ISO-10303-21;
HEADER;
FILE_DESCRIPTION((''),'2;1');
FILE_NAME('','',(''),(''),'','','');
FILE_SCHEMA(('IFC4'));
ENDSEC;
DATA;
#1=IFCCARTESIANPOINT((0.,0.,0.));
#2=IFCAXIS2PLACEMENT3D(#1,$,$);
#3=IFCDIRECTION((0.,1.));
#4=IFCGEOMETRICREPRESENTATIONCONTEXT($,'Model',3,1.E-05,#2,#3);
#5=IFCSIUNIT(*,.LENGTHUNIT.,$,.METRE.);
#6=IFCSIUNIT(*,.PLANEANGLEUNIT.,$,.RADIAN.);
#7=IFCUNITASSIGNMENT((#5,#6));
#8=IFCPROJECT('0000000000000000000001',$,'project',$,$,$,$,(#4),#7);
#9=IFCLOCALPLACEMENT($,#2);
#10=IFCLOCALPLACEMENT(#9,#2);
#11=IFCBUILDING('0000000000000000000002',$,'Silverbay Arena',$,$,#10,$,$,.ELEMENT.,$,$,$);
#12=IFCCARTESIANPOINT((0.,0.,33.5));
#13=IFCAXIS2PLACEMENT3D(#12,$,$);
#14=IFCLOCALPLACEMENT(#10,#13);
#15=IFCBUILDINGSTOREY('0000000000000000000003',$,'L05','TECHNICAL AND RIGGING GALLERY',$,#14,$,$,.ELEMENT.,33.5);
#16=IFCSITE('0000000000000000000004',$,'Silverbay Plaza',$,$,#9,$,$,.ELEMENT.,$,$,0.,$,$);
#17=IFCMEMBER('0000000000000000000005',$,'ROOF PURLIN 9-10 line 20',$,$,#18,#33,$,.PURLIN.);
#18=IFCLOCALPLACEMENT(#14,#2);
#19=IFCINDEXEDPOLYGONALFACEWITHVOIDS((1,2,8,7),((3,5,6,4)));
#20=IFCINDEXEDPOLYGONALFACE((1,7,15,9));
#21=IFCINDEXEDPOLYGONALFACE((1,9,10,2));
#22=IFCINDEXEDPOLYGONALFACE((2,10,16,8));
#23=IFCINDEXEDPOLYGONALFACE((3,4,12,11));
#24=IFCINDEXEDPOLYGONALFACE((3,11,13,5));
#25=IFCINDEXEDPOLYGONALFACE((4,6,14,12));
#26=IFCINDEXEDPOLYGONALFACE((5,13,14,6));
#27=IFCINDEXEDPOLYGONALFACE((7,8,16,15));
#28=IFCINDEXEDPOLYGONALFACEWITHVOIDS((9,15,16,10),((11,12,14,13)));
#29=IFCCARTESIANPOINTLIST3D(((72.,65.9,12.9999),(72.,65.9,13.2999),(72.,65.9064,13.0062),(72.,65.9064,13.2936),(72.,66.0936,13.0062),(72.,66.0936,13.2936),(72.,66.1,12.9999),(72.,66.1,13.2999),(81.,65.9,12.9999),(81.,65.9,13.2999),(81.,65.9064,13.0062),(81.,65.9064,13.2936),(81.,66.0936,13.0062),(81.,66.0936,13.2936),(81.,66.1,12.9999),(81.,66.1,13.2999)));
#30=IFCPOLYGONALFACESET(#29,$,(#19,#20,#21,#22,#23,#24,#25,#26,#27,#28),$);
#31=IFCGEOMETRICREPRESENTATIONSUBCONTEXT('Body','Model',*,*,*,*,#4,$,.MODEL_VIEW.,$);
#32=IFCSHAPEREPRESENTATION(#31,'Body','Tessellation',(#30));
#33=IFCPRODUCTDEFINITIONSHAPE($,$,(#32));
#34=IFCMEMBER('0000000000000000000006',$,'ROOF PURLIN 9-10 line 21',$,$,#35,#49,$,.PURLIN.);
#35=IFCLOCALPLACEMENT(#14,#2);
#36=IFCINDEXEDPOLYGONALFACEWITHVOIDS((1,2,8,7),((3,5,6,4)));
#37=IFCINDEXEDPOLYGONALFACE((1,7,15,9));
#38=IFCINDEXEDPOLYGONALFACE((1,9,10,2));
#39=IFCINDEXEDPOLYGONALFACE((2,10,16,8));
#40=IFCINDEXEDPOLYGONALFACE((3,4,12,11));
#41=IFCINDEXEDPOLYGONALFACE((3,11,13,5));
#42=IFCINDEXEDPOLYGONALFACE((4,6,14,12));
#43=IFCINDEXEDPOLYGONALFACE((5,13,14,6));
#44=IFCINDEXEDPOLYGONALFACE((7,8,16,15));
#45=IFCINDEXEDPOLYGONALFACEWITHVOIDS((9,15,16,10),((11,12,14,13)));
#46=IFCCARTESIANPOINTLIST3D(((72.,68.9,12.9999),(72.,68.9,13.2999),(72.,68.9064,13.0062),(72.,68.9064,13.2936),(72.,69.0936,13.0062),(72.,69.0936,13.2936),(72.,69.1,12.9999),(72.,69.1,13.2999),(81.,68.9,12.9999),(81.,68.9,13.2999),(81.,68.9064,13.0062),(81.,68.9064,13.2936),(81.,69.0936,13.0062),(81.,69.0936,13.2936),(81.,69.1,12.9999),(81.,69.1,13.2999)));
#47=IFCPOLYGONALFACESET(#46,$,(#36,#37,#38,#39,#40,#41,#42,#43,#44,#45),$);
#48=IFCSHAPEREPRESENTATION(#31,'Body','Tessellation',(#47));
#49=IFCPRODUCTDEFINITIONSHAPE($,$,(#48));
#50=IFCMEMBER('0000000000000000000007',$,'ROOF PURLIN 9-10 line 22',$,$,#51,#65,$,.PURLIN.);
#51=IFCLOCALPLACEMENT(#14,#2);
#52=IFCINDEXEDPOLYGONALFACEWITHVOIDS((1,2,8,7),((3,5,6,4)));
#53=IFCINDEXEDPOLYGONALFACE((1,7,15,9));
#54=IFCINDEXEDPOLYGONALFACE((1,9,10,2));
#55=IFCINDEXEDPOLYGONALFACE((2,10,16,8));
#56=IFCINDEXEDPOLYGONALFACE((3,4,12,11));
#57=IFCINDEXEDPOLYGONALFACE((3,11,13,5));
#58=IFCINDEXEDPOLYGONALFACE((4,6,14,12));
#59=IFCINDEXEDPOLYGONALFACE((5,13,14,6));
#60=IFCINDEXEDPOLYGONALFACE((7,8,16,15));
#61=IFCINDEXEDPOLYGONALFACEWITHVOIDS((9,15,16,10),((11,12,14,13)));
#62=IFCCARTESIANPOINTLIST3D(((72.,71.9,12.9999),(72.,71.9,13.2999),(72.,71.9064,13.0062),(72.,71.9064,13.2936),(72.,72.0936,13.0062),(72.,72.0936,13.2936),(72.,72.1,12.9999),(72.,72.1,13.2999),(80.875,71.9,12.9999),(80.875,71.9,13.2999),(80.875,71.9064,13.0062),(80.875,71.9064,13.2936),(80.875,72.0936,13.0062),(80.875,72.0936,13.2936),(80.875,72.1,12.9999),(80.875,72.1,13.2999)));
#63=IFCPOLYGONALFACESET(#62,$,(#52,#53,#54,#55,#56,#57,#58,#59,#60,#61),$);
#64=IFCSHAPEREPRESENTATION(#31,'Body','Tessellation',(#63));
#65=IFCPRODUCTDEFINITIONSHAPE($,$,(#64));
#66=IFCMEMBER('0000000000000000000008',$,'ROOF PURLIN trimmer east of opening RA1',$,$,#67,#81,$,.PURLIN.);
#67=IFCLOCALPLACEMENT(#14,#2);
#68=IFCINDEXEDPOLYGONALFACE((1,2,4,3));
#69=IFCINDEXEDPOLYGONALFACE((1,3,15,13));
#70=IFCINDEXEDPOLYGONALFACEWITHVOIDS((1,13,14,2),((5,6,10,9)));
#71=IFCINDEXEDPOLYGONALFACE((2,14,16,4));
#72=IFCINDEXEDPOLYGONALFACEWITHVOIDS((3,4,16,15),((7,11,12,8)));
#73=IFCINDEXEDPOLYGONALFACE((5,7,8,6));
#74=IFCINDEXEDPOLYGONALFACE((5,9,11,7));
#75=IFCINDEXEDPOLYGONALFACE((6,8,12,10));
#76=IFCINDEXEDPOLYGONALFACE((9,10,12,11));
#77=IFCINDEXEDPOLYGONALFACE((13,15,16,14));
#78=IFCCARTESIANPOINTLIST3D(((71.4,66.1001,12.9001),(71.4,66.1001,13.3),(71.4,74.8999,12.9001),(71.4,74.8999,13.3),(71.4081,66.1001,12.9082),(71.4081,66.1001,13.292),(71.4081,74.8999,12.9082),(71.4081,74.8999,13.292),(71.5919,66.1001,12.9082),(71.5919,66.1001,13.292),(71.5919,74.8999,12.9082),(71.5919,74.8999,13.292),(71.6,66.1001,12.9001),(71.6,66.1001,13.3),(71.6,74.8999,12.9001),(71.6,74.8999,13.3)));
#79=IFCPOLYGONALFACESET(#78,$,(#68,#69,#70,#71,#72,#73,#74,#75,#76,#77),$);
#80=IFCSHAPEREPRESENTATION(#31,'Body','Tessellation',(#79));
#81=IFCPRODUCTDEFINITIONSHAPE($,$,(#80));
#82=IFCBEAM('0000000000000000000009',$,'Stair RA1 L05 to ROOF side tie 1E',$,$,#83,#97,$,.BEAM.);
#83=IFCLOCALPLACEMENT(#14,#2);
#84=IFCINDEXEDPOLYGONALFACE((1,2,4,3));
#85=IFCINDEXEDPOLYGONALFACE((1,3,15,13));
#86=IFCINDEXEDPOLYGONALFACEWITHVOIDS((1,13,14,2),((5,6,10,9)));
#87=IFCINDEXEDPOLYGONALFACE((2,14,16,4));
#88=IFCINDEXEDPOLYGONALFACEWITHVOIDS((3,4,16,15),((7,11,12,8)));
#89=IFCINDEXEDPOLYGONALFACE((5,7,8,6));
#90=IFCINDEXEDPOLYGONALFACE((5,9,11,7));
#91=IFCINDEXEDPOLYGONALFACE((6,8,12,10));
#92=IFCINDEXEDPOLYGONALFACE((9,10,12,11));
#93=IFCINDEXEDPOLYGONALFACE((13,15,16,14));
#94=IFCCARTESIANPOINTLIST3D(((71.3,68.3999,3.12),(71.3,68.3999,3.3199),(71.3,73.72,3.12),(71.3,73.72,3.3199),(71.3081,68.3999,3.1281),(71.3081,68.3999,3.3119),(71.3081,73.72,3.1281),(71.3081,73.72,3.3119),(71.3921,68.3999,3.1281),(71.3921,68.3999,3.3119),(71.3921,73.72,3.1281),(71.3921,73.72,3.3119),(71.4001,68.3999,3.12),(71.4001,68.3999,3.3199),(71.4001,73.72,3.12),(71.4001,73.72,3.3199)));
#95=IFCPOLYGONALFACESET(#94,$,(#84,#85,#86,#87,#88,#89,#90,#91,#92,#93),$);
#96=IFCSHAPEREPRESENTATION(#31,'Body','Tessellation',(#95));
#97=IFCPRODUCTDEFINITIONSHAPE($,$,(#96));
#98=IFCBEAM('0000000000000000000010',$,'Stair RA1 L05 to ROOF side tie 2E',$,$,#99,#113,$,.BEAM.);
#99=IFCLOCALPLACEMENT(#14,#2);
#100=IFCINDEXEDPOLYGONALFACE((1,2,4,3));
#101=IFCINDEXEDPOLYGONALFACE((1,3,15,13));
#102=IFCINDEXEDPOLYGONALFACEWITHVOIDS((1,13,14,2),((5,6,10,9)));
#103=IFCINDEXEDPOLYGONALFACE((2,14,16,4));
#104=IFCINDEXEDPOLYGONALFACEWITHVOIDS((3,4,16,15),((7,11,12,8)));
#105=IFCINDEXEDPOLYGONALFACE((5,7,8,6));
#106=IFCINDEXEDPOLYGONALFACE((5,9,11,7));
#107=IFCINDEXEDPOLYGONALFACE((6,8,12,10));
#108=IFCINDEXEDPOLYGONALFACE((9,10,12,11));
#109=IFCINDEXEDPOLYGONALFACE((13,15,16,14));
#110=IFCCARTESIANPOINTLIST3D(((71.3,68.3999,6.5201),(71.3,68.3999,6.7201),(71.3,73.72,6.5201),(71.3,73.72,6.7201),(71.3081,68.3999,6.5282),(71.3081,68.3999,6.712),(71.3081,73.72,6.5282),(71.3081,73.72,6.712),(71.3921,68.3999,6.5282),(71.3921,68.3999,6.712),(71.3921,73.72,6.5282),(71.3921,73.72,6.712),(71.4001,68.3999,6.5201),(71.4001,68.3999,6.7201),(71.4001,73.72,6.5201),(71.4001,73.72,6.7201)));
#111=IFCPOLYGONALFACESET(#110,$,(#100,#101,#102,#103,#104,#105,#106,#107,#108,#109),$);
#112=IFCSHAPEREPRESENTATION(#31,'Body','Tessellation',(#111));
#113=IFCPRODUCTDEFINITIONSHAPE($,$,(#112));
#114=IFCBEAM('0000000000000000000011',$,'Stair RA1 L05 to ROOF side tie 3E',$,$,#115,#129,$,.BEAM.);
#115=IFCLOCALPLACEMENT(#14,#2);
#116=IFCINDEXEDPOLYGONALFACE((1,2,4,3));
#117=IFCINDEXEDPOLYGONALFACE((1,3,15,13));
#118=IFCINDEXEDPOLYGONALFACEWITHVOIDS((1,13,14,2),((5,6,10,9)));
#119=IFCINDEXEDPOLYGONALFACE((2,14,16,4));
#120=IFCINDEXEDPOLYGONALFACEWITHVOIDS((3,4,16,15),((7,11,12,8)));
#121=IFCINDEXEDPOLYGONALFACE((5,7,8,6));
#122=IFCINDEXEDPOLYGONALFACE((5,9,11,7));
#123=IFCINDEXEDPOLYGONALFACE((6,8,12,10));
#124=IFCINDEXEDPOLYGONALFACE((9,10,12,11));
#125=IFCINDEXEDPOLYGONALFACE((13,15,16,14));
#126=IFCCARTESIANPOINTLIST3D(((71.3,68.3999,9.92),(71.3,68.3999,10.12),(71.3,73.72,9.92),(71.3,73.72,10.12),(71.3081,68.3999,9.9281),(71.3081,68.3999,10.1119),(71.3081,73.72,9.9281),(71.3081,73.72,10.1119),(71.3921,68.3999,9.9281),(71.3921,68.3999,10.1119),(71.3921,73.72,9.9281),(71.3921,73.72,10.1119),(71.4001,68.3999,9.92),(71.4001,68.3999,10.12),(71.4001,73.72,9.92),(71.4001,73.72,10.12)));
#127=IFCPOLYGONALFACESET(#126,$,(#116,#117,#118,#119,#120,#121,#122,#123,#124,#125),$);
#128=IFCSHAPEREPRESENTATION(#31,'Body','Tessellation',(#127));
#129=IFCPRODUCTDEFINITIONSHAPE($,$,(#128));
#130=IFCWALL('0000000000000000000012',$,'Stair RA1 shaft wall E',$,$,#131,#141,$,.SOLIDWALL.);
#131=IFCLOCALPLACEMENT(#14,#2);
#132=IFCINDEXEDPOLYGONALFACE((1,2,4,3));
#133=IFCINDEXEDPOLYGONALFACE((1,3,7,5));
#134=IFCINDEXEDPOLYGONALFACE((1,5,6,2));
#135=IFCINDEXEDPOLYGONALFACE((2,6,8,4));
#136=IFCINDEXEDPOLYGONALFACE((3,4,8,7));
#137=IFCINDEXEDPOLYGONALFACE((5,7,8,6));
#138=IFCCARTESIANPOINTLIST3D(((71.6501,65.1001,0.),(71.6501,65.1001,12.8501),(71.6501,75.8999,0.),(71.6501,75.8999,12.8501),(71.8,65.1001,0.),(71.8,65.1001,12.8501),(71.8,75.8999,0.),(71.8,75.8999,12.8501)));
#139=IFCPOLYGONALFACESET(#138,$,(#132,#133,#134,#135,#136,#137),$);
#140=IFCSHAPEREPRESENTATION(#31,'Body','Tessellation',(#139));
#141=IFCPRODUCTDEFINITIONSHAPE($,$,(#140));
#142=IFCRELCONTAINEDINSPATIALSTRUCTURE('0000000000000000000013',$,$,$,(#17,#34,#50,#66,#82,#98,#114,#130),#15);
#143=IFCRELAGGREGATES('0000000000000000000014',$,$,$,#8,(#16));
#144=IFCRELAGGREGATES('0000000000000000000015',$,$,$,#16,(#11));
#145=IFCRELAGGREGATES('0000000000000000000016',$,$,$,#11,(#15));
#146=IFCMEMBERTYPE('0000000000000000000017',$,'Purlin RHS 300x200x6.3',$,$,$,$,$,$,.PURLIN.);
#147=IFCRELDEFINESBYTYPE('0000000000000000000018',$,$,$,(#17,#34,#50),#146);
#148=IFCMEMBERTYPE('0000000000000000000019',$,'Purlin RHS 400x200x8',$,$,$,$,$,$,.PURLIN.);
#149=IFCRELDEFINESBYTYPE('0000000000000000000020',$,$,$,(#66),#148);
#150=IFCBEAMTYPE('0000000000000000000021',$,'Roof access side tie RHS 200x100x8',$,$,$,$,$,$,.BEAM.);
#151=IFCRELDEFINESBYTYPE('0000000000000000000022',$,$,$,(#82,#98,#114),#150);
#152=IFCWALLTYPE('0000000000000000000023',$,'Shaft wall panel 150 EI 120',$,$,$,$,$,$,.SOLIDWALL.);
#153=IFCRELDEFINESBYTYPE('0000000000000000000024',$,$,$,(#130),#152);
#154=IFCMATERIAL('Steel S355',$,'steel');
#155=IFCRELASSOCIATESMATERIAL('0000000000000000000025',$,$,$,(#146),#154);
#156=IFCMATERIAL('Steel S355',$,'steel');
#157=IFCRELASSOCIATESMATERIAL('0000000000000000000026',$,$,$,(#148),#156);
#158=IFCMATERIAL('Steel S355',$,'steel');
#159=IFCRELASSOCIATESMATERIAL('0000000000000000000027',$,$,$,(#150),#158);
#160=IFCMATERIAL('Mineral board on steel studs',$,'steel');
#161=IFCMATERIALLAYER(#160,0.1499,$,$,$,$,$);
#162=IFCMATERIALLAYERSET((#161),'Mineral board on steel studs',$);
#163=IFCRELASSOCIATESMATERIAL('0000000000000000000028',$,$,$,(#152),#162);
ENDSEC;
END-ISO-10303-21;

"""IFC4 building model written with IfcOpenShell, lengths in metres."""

from ifc_helpers import new_model, si_unit, direction, frame, frame_2d, origin, origin_2d, place, context, subcontext, project, spatial, rectangle, hollow_rectangle, extrude, material, layer, layer_set, material_profile, profile_set, type_object, element, save


model = new_model("IFC4")

# Units and contexts
model_context = context("Model", 3, precision=1e-05, world=origin(), true_north=direction((0.0, 1.0)))
body_context = subcontext(model_context, "Body", "Model", "MODEL_VIEW")
ifc_project = project(units=[si_unit("LENGTHUNIT", "METRE"), si_unit("PLANEANGLEUNIT", "RADIAN")], contexts=[model_context])

# Site, building, storey
site_placement = place(None, origin())
site = spatial("IfcSite", under=ifc_project, at=site_placement, Name="Silverbay Plaza", CompositionType="ELEMENT", RefElevation=0.0)
building_placement = place(site_placement, origin())
building = spatial("IfcBuilding", under=site, at=building_placement, Name="Silverbay Arena", CompositionType="ELEMENT")
storey_placement = place(building_placement, frame((0.0, 0.0, 33.5)))
storey = spatial("IfcBuildingStorey", under=building, at=storey_placement, Name="L05", Description="TECHNICAL AND RIGGING GALLERY", CompositionType="ELEMENT", Elevation=33.5)

# Members
ifc_material_1 = material(Name="Steel S355", Category="steel")
ifc_material_profile_1 = material_profile(ifc_material_1, hollow_rectangle(XDim=0.2, YDim=0.3, WallThickness=0.0063, at=origin_2d()), Name="RHS 300x200x6.3")
ifc_profile_set_1 = profile_set([ifc_material_profile_1], Name="Steel S355")
member_type_1 = type_object("IfcMemberType", Name="Purlin RHS 300x200x6.3", PredefinedType="PURLIN", material=ifc_profile_set_1)
for number, where, z_axis, x_axis, name in (
    (1, (72.0, 66.0, 13.1499), (1.0, 0.0, 0.0), (0.0, 1.0, 0.0), "ROOF PURLIN 9-10 line 20"),
    (2, (72.0, 69.0, 13.1499), (1.0, 0.0, 0.0), (0.0, 1.0, 0.0), "ROOF PURLIN 9-10 line 21"),
):
    element("IfcMember", number, at=place(storey_placement, frame(where, z_axis=z_axis, x_axis=x_axis)), inside=storey, type_object=member_type_1, Name=name, PredefinedType="PURLIN", context=body_context, shape_type="SweptSolid", body=[
        extrude(hollow_rectangle(XDim=0.2, YDim=0.3, WallThickness=0.0063, at=origin_2d()), origin(), (0.0, 0.0, 1.0), 9.0),
    ])
member_1_placement = place(storey_placement, frame((72.0, 72.0, 13.1499), z_axis=(1.0, 0.0, 0.0), x_axis=(0.0, 1.0, 0.0)))
element("IfcMember", 3, at=member_1_placement, inside=storey, type_object=member_type_1, Name="ROOF PURLIN 9-10 line 22", PredefinedType="PURLIN", context=body_context, shape_type="SweptSolid", body=[
    extrude(hollow_rectangle(XDim=0.2, YDim=0.3, WallThickness=0.0063, at=origin_2d()), origin(), (0.0, 0.0, 1.0), 8.875),
])
ifc_material_2 = material(Name="Steel S355", Category="steel")
ifc_material_profile_2 = material_profile(ifc_material_2, hollow_rectangle(XDim=0.2, YDim=0.3999, WallThickness=0.0081, at=origin_2d()), Name="RHS 400x200x8")
ifc_profile_set_2 = profile_set([ifc_material_profile_2], Name="Steel S355")
member_type_2 = type_object("IfcMemberType", Name="Purlin RHS 400x200x8", PredefinedType="PURLIN", material=ifc_profile_set_2)
member_2_placement = place(storey_placement, frame((71.5, 66.1001, 13.1001), z_axis=(0.0, 1.0, 0.0), x_axis=(-1.0, 0.0, 0.0)))
element("IfcMember", 4, at=member_2_placement, inside=storey, type_object=member_type_2, Name="ROOF PURLIN trimmer east of opening RA1", PredefinedType="PURLIN", context=body_context, shape_type="SweptSolid", body=[
    extrude(hollow_rectangle(XDim=0.2, YDim=0.3999, WallThickness=0.0081, at=origin_2d()), origin(), (0.0, 0.0, 1.0), 8.7998),
])

# Beams
ifc_material_3 = material(Name="Steel S355", Category="steel")
ifc_material_profile_3 = material_profile(ifc_material_3, hollow_rectangle(XDim=0.1001, YDim=0.2, WallThickness=0.0081, at=origin_2d()), Name="RHS 200x100x8")
ifc_profile_set_3 = profile_set([ifc_material_profile_3], Name="Steel S355")
beam_type = type_object("IfcBeamType", Name="Roof access side tie RHS 200x100x8", PredefinedType="BEAM", material=ifc_profile_set_3)
for number, where, z_axis, x_axis, name in (
    (5, (71.3501, 68.3999, 3.22), (0.0, 1.0, 0.0), (-1.0, 0.0, 0.0), "Stair RA1 L05 to ROOF side tie 1E"),
    (6, (71.3501, 68.3999, 6.6201), (0.0, 1.0, 0.0), (-1.0, 0.0, 0.0), "Stair RA1 L05 to ROOF side tie 2E"),
    (7, (71.3501, 68.3999, 10.02), (0.0, 1.0, 0.0), (-1.0, 0.0, 0.0), "Stair RA1 L05 to ROOF side tie 3E"),
):
    element("IfcBeam", number, at=place(storey_placement, frame(where, z_axis=z_axis, x_axis=x_axis)), inside=storey, type_object=beam_type, Name=name, PredefinedType="BEAM", context=body_context, shape_type="SweptSolid", body=[
        extrude(hollow_rectangle(XDim=0.1001, YDim=0.2, WallThickness=0.0081, at=origin_2d()), origin(), (0.0, 0.0, 1.0), 5.3201),
    ])

# Wall
ifc_material_4 = material(Name="Mineral board on steel studs", Category="steel")
ifc_layer_1 = layer(ifc_material_4, 0.1499)
ifc_layer_set_1 = layer_set([ifc_layer_1], Name="Mineral board on steel studs")
wall_type = type_object("IfcWallType", Name="Shaft wall panel 150 EI 120", PredefinedType="SOLIDWALL", material=ifc_layer_set_1)
wall_placement = place(storey_placement, frame((71.7251, 65.1001, 0.0), z_axis=(0.0, 0.0, 1.0), x_axis=(0.0, 1.0, 0.0)))
element("IfcWall", 8, at=wall_placement, inside=storey, type_object=wall_type, Name="Stair RA1 shaft wall E", PredefinedType="SOLIDWALL", context=body_context, shape_type="SweptSolid", body=[
    extrude(rectangle(XDim=10.7998, YDim=0.1499, at=frame_2d((5.3999, 0.0))), origin(), (0.0, 0.0, 1.0), 12.8501),
])

save(model, "model.ifc")
